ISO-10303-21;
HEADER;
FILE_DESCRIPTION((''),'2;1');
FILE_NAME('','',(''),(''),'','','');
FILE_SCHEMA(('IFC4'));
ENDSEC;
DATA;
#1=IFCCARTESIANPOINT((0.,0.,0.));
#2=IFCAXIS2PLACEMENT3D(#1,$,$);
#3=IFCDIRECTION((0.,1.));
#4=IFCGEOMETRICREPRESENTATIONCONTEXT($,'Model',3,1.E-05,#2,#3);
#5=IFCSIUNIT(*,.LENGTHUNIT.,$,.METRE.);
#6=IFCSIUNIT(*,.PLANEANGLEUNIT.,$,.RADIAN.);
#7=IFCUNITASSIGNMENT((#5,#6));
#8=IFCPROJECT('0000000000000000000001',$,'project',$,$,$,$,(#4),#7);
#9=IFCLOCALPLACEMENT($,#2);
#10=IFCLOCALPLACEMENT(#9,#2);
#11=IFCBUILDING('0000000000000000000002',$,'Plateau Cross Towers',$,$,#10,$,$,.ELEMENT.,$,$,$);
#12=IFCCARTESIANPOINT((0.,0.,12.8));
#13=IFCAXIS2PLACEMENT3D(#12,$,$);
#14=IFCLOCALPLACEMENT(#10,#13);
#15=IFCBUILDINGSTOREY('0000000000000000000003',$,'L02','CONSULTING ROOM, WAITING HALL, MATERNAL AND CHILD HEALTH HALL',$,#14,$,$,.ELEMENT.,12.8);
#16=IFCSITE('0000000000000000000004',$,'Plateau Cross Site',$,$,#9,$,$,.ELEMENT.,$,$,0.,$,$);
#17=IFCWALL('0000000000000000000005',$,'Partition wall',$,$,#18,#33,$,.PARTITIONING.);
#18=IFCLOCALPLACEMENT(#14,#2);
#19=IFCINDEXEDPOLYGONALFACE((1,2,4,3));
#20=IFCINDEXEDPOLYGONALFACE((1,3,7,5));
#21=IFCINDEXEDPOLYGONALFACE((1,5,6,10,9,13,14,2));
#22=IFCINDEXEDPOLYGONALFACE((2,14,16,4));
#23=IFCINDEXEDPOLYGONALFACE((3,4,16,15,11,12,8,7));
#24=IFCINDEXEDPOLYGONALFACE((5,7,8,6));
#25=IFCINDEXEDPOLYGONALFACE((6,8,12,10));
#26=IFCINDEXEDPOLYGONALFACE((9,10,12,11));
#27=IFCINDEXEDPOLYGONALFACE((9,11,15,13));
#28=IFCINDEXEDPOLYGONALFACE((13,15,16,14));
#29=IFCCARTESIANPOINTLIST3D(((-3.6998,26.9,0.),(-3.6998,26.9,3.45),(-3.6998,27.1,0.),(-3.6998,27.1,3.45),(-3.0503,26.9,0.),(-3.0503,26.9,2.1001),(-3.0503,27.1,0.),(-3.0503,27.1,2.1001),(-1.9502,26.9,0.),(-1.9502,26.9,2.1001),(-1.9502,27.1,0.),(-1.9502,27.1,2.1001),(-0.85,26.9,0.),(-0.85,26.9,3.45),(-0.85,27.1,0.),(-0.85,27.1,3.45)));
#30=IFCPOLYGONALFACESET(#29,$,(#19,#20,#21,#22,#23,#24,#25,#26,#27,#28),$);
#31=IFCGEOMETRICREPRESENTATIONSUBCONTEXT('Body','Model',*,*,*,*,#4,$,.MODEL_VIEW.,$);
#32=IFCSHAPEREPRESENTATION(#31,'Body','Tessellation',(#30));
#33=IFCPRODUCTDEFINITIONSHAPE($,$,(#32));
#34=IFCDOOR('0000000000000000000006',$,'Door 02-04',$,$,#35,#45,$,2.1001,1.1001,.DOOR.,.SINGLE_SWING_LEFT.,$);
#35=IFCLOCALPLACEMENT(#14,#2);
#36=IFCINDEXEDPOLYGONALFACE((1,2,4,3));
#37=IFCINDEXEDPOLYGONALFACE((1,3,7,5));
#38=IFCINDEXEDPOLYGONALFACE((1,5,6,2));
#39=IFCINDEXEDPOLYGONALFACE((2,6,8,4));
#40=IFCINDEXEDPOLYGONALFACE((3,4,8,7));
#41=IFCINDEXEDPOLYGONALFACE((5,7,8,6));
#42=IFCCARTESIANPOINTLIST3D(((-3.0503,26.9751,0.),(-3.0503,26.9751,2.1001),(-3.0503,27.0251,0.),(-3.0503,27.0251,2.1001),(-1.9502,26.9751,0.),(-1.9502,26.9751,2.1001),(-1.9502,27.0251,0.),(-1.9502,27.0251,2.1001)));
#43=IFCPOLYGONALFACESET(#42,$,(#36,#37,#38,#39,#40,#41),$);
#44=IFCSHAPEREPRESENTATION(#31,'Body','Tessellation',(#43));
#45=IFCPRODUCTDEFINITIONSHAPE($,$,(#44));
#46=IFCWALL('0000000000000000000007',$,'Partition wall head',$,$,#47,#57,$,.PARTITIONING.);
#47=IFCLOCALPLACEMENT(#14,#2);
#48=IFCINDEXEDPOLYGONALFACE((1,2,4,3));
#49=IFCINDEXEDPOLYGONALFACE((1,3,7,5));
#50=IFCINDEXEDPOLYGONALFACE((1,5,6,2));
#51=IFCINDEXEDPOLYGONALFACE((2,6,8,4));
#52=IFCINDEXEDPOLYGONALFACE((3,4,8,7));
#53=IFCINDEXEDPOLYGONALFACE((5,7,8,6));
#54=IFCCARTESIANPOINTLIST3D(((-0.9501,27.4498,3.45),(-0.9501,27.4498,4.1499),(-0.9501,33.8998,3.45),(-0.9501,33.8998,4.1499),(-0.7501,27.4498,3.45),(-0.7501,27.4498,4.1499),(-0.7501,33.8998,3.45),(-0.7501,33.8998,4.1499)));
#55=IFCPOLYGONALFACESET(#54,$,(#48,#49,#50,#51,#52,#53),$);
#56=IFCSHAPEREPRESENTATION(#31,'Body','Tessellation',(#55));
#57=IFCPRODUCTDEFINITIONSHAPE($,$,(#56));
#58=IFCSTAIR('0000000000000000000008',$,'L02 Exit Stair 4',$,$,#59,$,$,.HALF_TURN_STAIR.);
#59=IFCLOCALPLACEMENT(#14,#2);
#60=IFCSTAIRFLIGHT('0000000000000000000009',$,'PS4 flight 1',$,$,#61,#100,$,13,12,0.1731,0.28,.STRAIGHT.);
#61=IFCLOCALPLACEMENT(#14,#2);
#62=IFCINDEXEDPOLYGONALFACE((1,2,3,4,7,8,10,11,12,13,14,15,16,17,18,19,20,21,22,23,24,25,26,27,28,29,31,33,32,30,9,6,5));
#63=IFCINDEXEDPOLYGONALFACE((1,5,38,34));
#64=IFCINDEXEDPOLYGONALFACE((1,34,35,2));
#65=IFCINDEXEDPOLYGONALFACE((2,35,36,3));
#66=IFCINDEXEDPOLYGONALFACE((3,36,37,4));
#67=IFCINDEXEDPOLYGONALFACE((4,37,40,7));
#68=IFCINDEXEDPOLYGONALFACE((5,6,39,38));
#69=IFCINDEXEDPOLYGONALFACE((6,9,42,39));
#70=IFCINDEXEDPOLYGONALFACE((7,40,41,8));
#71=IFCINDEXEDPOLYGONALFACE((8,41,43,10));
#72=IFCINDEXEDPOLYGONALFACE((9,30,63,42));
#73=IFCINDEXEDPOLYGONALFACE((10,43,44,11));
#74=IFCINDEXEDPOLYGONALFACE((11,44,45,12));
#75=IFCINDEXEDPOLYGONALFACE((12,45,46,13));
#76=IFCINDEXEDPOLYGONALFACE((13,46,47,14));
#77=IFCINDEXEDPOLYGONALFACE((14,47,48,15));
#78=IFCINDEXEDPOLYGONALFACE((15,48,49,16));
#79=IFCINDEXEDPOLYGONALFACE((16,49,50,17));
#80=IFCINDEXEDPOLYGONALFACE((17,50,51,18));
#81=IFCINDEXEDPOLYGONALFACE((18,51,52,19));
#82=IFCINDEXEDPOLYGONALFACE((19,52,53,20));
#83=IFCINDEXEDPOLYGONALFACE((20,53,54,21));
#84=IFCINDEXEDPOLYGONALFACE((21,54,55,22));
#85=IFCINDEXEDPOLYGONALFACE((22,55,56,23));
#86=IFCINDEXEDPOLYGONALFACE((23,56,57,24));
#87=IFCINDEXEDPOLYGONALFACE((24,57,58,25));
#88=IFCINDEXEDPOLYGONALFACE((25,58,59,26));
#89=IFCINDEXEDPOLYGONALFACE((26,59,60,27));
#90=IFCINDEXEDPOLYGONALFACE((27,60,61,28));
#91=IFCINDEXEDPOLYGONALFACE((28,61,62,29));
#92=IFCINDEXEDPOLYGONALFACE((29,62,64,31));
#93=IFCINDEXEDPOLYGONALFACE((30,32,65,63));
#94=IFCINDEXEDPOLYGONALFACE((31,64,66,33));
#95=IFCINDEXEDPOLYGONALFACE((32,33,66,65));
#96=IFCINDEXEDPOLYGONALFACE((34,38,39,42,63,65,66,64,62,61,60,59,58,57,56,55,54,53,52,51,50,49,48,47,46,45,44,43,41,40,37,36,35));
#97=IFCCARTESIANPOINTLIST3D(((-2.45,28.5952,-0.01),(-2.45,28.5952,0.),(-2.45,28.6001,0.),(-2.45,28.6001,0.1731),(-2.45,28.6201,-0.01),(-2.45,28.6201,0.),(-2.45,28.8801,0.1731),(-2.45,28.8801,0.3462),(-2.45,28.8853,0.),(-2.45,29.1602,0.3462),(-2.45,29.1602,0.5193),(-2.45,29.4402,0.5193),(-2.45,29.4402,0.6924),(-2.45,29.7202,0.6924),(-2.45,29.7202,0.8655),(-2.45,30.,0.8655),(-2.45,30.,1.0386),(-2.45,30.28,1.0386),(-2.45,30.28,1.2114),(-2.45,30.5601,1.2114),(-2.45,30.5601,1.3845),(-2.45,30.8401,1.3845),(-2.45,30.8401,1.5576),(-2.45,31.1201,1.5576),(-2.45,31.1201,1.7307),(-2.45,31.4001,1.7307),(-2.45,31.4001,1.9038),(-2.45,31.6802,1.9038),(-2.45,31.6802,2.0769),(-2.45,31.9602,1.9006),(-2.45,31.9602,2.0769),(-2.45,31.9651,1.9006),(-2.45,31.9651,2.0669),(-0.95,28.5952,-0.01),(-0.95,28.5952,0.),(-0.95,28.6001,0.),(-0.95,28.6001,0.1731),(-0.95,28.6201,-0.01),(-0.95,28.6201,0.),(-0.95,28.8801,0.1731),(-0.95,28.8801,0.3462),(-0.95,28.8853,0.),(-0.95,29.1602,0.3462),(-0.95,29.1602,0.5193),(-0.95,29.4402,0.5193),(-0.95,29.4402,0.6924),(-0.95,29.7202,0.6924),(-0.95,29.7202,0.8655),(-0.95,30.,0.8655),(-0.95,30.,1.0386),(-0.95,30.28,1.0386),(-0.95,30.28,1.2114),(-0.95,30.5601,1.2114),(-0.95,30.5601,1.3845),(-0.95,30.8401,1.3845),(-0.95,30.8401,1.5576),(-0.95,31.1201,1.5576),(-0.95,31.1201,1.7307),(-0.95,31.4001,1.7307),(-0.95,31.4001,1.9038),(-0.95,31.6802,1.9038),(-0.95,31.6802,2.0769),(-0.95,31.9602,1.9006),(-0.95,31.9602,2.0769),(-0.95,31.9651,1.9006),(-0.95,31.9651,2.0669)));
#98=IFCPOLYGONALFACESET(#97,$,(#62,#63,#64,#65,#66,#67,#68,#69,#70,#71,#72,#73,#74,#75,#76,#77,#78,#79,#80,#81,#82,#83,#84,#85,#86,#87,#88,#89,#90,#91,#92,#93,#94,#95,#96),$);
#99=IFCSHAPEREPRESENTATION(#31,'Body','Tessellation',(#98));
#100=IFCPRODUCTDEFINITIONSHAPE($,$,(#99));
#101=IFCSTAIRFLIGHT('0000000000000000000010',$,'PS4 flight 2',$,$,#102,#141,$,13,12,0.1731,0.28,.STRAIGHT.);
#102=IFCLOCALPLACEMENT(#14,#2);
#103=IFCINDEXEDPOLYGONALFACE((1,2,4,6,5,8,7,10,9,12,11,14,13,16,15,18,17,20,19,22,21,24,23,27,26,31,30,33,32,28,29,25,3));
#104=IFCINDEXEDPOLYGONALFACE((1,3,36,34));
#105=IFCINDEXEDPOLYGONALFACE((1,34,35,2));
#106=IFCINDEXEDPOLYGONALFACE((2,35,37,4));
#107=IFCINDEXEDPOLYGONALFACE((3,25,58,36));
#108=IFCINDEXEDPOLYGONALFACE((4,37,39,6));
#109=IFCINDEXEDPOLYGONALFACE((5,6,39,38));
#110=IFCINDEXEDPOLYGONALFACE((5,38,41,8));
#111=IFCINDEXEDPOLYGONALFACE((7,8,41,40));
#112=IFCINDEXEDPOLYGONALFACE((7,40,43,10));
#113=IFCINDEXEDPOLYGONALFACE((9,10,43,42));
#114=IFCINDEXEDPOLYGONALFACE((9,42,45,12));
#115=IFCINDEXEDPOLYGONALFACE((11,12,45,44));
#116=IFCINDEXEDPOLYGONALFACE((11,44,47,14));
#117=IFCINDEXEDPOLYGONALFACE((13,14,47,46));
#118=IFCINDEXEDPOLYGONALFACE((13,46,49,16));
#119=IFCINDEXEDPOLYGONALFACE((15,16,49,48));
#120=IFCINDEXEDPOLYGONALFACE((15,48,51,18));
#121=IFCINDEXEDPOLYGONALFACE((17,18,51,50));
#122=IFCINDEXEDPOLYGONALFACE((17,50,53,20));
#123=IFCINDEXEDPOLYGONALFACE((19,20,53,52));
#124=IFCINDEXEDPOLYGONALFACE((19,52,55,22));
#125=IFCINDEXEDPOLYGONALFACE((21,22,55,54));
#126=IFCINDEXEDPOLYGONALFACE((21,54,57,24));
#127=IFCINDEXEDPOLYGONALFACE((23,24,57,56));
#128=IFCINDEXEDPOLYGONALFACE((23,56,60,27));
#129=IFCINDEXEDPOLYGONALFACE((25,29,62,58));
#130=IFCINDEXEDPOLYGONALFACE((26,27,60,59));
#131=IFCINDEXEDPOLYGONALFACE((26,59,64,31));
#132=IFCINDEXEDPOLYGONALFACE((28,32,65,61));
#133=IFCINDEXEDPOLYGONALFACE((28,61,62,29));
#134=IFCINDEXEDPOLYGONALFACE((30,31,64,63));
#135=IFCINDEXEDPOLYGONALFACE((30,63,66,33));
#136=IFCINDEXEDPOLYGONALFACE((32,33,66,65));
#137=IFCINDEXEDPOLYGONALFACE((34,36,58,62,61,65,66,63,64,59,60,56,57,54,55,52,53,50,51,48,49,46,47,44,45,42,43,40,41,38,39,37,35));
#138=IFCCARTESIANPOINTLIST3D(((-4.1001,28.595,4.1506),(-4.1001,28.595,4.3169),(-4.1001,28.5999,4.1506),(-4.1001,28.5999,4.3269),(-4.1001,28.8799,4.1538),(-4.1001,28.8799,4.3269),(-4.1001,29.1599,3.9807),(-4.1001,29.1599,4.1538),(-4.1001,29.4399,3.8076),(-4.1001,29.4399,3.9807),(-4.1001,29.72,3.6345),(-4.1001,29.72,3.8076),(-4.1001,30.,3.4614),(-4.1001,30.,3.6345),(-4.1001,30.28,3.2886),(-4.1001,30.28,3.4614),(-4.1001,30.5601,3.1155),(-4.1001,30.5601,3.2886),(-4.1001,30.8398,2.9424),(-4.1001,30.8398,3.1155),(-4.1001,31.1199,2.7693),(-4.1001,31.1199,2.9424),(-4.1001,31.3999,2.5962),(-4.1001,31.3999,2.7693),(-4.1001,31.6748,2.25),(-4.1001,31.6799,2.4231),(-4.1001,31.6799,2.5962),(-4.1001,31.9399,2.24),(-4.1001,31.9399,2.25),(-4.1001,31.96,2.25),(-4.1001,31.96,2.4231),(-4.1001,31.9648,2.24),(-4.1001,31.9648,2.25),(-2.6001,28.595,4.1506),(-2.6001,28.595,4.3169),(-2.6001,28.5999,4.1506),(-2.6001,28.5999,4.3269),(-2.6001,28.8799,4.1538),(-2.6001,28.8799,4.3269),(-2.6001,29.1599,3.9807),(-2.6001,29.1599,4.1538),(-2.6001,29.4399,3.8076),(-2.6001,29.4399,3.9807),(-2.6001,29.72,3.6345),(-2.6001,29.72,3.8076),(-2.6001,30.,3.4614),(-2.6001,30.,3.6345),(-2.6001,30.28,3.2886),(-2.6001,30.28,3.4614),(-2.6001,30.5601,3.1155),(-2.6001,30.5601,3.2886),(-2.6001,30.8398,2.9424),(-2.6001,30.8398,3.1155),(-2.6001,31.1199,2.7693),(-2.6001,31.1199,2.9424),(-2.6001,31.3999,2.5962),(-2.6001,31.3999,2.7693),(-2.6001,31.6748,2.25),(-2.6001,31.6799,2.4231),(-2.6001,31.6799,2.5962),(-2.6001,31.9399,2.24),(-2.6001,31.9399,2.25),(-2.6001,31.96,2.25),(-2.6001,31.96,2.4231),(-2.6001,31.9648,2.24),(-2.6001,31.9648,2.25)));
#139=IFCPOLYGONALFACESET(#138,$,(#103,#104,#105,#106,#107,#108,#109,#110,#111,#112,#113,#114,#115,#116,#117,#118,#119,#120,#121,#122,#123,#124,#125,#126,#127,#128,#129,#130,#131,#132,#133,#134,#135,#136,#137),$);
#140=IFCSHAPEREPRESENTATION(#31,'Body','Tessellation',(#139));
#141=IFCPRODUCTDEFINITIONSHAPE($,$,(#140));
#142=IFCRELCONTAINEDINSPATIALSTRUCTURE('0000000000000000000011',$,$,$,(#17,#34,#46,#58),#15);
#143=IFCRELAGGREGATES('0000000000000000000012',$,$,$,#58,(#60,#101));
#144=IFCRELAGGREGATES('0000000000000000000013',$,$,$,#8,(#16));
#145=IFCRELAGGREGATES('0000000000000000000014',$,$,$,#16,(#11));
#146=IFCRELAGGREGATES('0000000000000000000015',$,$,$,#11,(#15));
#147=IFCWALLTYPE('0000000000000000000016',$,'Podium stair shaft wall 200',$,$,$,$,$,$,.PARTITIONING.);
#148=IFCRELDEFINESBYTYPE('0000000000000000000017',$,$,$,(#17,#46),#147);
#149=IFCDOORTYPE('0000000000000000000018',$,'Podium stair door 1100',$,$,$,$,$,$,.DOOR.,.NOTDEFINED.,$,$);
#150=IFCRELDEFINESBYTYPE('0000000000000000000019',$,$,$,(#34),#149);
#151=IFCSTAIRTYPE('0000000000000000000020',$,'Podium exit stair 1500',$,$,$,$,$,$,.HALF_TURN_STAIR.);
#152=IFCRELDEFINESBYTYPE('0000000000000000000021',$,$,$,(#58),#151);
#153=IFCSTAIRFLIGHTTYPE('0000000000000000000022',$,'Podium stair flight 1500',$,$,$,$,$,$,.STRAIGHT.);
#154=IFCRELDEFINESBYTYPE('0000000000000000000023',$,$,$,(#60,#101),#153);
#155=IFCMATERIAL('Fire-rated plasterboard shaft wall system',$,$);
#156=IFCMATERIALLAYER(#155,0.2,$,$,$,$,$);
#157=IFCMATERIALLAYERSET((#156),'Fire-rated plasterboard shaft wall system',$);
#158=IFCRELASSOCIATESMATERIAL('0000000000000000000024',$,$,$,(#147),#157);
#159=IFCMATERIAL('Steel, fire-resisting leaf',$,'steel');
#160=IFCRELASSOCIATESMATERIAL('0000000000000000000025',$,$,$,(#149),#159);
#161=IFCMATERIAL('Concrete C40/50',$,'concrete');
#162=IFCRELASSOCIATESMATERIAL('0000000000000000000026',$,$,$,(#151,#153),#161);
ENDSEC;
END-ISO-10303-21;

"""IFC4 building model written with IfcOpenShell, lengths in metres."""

from ifc_helpers import new_model, si_unit, direction, frame, frame_2d, origin, place, context, subcontext, project, spatial, polyline, rectangle, outline, extrude, material, layer, layer_set, type_object, element, fill, aggregate, save


model = new_model("IFC4")

# Units and contexts
model_context = context("Model", 3, precision=1e-05, world=origin(), true_north=direction((0.0, 1.0)))
body_context = subcontext(model_context, "Body", "Model", "MODEL_VIEW")
ifc_project = project(units=[si_unit("LENGTHUNIT", "METRE"), si_unit("PLANEANGLEUNIT", "RADIAN")], contexts=[model_context])

# Site, building, storey
site_placement = place(None, origin())
site = spatial("IfcSite", under=ifc_project, at=site_placement, Name="Plateau Cross Site", CompositionType="ELEMENT", RefElevation=0.0)
building_placement = place(site_placement, origin())
building = spatial("IfcBuilding", under=site, at=building_placement, Name="Plateau Cross Towers", CompositionType="ELEMENT")
storey_placement = place(building_placement, frame((0.0, 0.0, 12.8)))
storey = spatial("IfcBuildingStorey", under=building, at=storey_placement, Name="L02", Description="CONSULTING ROOM, WAITING HALL, MATERNAL AND CHILD HEALTH HALL", CompositionType="ELEMENT", Elevation=12.8)

# Shared definitions
ifc_material_1 = material(Name="Fire-rated plasterboard shaft wall system")
ifc_layer_1 = layer(ifc_material_1, 0.2)
ifc_layer_set_1 = layer_set([ifc_layer_1], Name="Fire-rated plasterboard shaft wall system")
wall_type_1 = type_object("IfcWallType", Name="Podium stair shaft wall 200", PredefinedType="PARTITIONING", material=ifc_layer_set_1)

# Wall, opening, door
wall_1_placement = place(storey_placement, frame((-0.8501, 27.0, 0.0), z_axis=(0.0, 0.0, 1.0), x_axis=(-1.0, 0.0, 0.0)))
wall_1 = element("IfcWall", 1, at=wall_1_placement, inside=storey, type_object=wall_type_1, Name="Partition wall", PredefinedType="PARTITIONING", context=body_context, shape_type="SweptSolid", body=[
    extrude(rectangle(XDim=2.8499, YDim=0.2, at=frame_2d((1.4248, 0.0))), origin(), (0.0, 0.0, 1.0), 3.45),
])
opening_1_placement = place(wall_1_placement, frame((1.1001, 0.0, 0.0)))
opening_1 = element("IfcOpeningElement", 2, at=opening_1_placement, cuts=wall_1, PredefinedType="OPENING", context=body_context, shape_type="SweptSolid", body=[
    extrude(rectangle(XDim=1.1001, YDim=2.1001, at=frame_2d((0.55, 1.05))), frame((0.0, 0.1099, 0.0), z_axis=(0.0, -1.0, 0.0), x_axis=(1.0, 0.0, 0.0)), (0.0, 0.0, 1.0), 0.22),
])
ifc_material_2 = material(Name="Steel, fire-resisting leaf", Category="steel")
door_type_1 = type_object("IfcDoorType", Name="Podium stair door 1100", OperationType="NOTDEFINED", PredefinedType="DOOR", material=ifc_material_2)
door_1_placement = place(opening_1_placement, origin())
door_1 = element("IfcDoor", 3, at=door_1_placement, inside=storey, type_object=door_type_1, Name="Door 02-04", OperationType="SINGLE_SWING_LEFT", OverallHeight=2.1001, OverallWidth=1.1001, PredefinedType="DOOR", context=body_context, shape_type="SweptSolid", body=[
    extrude(rectangle(XDim=1.1001, YDim=2.1001, at=frame_2d((0.55, 1.05))), frame((0.0, 0.0249, 0.0), z_axis=(0.0, -1.0, 0.0), x_axis=(1.0, 0.0, 0.0)), (0.0, 0.0, 1.0), 0.05),
])
fill(opening_1, door_1)

# Wall
wall_2_placement = place(storey_placement, frame((-0.8501, 33.8999, 3.45), z_axis=(0.0, 0.0, 1.0), x_axis=(0.0, -1.0, 0.0)))
element("IfcWall", 4, at=wall_2_placement, inside=storey, type_object=wall_type_1, Name="Partition wall head", PredefinedType="PARTITIONING", context=body_context, shape_type="SweptSolid", body=[
    extrude(rectangle(XDim=6.45, YDim=0.2, at=frame_2d((3.2251, 0.0))), origin(), (0.0, 0.0, 1.0), 0.7),
])

# Stair, stair flights
ifc_material_3 = material(Name="Concrete C40/50", Category="concrete")
stair_type = type_object("IfcStairType", Name="Podium exit stair 1500", PredefinedType="HALF_TURN_STAIR", material=ifc_material_3)
stair_placement = place(storey_placement, origin())
stair = element("IfcStair", 5, at=stair_placement, inside=storey, type_object=stair_type, Name="L02 Exit Stair 4", PredefinedType="HALF_TURN_STAIR")
stair_flight_type = type_object("IfcStairFlightType", Name="Podium stair flight 1500", PredefinedType="STRAIGHT", material=ifc_material_3)
stair_flight_1_placement = place(storey_placement, frame((-1.7, 28.6001, 0.0), z_axis=(0.0, 0.0, 1.0), x_axis=(0.0, 1.0, 0.0)))
stair_flight_1 = element("IfcStairFlight", 6, at=stair_flight_1_placement, type_object=stair_flight_type, Name="PS4 flight 1", NumberOfRisers=13, NumberOfTreads=12, PredefinedType="STRAIGHT", RiserHeight=0.1731, TreadLength=0.28, context=body_context, shape_type="SweptSolid", body=[
    extrude(outline(polyline([(-0.0049, -0.01), (-0.0049, 0.0), (0.0, 0.0), (0.0, 0.1731), (0.28, 0.1731), (0.28, 0.3462), (0.5601, 0.3462), (0.5601, 0.5193), (0.8401, 0.5193), (0.8401, 0.6924), (1.1201, 0.6924), (1.1201, 0.8655), (1.3999, 0.8655), (1.3999, 1.0386), (1.6799, 1.0386), (1.6799, 1.2114), (1.96, 1.2114), (1.96, 1.3845), (2.24, 1.3845), (2.24, 1.5576), (2.52, 1.5576), (2.52, 1.7307), (2.8, 1.7307), (2.8, 1.9038), (3.0801, 1.9038), (3.0801, 2.0769), (3.3601, 2.0769), (3.365, 2.0669), (3.365, 1.9006), (3.3601, 1.9006), (0.2852, 0.0), (0.02, 0.0), (0.02, -0.01), (-0.0049, -0.01)])), frame((0.0, 0.75, 0.0), z_axis=(0.0, -1.0, 0.0), x_axis=(1.0, 0.0, 0.0)), (0.0, 0.0, 1.0), 1.5),
])
stair_flight_2_placement = place(storey_placement, frame((-3.3501, 31.96, 2.25), z_axis=(0.0, 0.0, 1.0), x_axis=(0.0, -1.0, 0.0)))
stair_flight_2 = element("IfcStairFlight", 7, at=stair_flight_2_placement, type_object=stair_flight_type, Name="PS4 flight 2", NumberOfRisers=13, NumberOfTreads=12, PredefinedType="STRAIGHT", RiserHeight=0.1731, TreadLength=0.28, context=body_context, shape_type="SweptSolid", body=[
    extrude(outline(polyline([(-0.0049, -0.01), (-0.0049, 0.0), (0.0, 0.0), (0.0, 0.1731), (0.28, 0.1731), (0.28, 0.3462), (0.5601, 0.3462), (0.5601, 0.5193), (0.8401, 0.5193), (0.8401, 0.6924), (1.1201, 0.6924), (1.1201, 0.8655), (1.3999, 0.8655), (1.3999, 1.0386), (1.6799, 1.0386), (1.6799, 1.2114), (1.96, 1.2114), (1.96, 1.3845), (2.24, 1.3845), (2.24, 1.5576), (2.52, 1.5576), (2.52, 1.7307), (2.8, 1.7307), (2.8, 1.9038), (3.0801, 1.9038), (3.0801, 2.0769), (3.3601, 2.0769), (3.365, 2.0669), (3.365, 1.9006), (3.3601, 1.9006), (0.2852, 0.0), (0.02, 0.0), (0.02, -0.01), (-0.0049, -0.01)])), frame((0.0, 0.75, 0.0), z_axis=(0.0, -1.0, 0.0), x_axis=(1.0, 0.0, 0.0)), (0.0, 0.0, 1.0), 1.5),
])
aggregate(stair, [stair_flight_1, stair_flight_2])

save(model, "model.ifc")
